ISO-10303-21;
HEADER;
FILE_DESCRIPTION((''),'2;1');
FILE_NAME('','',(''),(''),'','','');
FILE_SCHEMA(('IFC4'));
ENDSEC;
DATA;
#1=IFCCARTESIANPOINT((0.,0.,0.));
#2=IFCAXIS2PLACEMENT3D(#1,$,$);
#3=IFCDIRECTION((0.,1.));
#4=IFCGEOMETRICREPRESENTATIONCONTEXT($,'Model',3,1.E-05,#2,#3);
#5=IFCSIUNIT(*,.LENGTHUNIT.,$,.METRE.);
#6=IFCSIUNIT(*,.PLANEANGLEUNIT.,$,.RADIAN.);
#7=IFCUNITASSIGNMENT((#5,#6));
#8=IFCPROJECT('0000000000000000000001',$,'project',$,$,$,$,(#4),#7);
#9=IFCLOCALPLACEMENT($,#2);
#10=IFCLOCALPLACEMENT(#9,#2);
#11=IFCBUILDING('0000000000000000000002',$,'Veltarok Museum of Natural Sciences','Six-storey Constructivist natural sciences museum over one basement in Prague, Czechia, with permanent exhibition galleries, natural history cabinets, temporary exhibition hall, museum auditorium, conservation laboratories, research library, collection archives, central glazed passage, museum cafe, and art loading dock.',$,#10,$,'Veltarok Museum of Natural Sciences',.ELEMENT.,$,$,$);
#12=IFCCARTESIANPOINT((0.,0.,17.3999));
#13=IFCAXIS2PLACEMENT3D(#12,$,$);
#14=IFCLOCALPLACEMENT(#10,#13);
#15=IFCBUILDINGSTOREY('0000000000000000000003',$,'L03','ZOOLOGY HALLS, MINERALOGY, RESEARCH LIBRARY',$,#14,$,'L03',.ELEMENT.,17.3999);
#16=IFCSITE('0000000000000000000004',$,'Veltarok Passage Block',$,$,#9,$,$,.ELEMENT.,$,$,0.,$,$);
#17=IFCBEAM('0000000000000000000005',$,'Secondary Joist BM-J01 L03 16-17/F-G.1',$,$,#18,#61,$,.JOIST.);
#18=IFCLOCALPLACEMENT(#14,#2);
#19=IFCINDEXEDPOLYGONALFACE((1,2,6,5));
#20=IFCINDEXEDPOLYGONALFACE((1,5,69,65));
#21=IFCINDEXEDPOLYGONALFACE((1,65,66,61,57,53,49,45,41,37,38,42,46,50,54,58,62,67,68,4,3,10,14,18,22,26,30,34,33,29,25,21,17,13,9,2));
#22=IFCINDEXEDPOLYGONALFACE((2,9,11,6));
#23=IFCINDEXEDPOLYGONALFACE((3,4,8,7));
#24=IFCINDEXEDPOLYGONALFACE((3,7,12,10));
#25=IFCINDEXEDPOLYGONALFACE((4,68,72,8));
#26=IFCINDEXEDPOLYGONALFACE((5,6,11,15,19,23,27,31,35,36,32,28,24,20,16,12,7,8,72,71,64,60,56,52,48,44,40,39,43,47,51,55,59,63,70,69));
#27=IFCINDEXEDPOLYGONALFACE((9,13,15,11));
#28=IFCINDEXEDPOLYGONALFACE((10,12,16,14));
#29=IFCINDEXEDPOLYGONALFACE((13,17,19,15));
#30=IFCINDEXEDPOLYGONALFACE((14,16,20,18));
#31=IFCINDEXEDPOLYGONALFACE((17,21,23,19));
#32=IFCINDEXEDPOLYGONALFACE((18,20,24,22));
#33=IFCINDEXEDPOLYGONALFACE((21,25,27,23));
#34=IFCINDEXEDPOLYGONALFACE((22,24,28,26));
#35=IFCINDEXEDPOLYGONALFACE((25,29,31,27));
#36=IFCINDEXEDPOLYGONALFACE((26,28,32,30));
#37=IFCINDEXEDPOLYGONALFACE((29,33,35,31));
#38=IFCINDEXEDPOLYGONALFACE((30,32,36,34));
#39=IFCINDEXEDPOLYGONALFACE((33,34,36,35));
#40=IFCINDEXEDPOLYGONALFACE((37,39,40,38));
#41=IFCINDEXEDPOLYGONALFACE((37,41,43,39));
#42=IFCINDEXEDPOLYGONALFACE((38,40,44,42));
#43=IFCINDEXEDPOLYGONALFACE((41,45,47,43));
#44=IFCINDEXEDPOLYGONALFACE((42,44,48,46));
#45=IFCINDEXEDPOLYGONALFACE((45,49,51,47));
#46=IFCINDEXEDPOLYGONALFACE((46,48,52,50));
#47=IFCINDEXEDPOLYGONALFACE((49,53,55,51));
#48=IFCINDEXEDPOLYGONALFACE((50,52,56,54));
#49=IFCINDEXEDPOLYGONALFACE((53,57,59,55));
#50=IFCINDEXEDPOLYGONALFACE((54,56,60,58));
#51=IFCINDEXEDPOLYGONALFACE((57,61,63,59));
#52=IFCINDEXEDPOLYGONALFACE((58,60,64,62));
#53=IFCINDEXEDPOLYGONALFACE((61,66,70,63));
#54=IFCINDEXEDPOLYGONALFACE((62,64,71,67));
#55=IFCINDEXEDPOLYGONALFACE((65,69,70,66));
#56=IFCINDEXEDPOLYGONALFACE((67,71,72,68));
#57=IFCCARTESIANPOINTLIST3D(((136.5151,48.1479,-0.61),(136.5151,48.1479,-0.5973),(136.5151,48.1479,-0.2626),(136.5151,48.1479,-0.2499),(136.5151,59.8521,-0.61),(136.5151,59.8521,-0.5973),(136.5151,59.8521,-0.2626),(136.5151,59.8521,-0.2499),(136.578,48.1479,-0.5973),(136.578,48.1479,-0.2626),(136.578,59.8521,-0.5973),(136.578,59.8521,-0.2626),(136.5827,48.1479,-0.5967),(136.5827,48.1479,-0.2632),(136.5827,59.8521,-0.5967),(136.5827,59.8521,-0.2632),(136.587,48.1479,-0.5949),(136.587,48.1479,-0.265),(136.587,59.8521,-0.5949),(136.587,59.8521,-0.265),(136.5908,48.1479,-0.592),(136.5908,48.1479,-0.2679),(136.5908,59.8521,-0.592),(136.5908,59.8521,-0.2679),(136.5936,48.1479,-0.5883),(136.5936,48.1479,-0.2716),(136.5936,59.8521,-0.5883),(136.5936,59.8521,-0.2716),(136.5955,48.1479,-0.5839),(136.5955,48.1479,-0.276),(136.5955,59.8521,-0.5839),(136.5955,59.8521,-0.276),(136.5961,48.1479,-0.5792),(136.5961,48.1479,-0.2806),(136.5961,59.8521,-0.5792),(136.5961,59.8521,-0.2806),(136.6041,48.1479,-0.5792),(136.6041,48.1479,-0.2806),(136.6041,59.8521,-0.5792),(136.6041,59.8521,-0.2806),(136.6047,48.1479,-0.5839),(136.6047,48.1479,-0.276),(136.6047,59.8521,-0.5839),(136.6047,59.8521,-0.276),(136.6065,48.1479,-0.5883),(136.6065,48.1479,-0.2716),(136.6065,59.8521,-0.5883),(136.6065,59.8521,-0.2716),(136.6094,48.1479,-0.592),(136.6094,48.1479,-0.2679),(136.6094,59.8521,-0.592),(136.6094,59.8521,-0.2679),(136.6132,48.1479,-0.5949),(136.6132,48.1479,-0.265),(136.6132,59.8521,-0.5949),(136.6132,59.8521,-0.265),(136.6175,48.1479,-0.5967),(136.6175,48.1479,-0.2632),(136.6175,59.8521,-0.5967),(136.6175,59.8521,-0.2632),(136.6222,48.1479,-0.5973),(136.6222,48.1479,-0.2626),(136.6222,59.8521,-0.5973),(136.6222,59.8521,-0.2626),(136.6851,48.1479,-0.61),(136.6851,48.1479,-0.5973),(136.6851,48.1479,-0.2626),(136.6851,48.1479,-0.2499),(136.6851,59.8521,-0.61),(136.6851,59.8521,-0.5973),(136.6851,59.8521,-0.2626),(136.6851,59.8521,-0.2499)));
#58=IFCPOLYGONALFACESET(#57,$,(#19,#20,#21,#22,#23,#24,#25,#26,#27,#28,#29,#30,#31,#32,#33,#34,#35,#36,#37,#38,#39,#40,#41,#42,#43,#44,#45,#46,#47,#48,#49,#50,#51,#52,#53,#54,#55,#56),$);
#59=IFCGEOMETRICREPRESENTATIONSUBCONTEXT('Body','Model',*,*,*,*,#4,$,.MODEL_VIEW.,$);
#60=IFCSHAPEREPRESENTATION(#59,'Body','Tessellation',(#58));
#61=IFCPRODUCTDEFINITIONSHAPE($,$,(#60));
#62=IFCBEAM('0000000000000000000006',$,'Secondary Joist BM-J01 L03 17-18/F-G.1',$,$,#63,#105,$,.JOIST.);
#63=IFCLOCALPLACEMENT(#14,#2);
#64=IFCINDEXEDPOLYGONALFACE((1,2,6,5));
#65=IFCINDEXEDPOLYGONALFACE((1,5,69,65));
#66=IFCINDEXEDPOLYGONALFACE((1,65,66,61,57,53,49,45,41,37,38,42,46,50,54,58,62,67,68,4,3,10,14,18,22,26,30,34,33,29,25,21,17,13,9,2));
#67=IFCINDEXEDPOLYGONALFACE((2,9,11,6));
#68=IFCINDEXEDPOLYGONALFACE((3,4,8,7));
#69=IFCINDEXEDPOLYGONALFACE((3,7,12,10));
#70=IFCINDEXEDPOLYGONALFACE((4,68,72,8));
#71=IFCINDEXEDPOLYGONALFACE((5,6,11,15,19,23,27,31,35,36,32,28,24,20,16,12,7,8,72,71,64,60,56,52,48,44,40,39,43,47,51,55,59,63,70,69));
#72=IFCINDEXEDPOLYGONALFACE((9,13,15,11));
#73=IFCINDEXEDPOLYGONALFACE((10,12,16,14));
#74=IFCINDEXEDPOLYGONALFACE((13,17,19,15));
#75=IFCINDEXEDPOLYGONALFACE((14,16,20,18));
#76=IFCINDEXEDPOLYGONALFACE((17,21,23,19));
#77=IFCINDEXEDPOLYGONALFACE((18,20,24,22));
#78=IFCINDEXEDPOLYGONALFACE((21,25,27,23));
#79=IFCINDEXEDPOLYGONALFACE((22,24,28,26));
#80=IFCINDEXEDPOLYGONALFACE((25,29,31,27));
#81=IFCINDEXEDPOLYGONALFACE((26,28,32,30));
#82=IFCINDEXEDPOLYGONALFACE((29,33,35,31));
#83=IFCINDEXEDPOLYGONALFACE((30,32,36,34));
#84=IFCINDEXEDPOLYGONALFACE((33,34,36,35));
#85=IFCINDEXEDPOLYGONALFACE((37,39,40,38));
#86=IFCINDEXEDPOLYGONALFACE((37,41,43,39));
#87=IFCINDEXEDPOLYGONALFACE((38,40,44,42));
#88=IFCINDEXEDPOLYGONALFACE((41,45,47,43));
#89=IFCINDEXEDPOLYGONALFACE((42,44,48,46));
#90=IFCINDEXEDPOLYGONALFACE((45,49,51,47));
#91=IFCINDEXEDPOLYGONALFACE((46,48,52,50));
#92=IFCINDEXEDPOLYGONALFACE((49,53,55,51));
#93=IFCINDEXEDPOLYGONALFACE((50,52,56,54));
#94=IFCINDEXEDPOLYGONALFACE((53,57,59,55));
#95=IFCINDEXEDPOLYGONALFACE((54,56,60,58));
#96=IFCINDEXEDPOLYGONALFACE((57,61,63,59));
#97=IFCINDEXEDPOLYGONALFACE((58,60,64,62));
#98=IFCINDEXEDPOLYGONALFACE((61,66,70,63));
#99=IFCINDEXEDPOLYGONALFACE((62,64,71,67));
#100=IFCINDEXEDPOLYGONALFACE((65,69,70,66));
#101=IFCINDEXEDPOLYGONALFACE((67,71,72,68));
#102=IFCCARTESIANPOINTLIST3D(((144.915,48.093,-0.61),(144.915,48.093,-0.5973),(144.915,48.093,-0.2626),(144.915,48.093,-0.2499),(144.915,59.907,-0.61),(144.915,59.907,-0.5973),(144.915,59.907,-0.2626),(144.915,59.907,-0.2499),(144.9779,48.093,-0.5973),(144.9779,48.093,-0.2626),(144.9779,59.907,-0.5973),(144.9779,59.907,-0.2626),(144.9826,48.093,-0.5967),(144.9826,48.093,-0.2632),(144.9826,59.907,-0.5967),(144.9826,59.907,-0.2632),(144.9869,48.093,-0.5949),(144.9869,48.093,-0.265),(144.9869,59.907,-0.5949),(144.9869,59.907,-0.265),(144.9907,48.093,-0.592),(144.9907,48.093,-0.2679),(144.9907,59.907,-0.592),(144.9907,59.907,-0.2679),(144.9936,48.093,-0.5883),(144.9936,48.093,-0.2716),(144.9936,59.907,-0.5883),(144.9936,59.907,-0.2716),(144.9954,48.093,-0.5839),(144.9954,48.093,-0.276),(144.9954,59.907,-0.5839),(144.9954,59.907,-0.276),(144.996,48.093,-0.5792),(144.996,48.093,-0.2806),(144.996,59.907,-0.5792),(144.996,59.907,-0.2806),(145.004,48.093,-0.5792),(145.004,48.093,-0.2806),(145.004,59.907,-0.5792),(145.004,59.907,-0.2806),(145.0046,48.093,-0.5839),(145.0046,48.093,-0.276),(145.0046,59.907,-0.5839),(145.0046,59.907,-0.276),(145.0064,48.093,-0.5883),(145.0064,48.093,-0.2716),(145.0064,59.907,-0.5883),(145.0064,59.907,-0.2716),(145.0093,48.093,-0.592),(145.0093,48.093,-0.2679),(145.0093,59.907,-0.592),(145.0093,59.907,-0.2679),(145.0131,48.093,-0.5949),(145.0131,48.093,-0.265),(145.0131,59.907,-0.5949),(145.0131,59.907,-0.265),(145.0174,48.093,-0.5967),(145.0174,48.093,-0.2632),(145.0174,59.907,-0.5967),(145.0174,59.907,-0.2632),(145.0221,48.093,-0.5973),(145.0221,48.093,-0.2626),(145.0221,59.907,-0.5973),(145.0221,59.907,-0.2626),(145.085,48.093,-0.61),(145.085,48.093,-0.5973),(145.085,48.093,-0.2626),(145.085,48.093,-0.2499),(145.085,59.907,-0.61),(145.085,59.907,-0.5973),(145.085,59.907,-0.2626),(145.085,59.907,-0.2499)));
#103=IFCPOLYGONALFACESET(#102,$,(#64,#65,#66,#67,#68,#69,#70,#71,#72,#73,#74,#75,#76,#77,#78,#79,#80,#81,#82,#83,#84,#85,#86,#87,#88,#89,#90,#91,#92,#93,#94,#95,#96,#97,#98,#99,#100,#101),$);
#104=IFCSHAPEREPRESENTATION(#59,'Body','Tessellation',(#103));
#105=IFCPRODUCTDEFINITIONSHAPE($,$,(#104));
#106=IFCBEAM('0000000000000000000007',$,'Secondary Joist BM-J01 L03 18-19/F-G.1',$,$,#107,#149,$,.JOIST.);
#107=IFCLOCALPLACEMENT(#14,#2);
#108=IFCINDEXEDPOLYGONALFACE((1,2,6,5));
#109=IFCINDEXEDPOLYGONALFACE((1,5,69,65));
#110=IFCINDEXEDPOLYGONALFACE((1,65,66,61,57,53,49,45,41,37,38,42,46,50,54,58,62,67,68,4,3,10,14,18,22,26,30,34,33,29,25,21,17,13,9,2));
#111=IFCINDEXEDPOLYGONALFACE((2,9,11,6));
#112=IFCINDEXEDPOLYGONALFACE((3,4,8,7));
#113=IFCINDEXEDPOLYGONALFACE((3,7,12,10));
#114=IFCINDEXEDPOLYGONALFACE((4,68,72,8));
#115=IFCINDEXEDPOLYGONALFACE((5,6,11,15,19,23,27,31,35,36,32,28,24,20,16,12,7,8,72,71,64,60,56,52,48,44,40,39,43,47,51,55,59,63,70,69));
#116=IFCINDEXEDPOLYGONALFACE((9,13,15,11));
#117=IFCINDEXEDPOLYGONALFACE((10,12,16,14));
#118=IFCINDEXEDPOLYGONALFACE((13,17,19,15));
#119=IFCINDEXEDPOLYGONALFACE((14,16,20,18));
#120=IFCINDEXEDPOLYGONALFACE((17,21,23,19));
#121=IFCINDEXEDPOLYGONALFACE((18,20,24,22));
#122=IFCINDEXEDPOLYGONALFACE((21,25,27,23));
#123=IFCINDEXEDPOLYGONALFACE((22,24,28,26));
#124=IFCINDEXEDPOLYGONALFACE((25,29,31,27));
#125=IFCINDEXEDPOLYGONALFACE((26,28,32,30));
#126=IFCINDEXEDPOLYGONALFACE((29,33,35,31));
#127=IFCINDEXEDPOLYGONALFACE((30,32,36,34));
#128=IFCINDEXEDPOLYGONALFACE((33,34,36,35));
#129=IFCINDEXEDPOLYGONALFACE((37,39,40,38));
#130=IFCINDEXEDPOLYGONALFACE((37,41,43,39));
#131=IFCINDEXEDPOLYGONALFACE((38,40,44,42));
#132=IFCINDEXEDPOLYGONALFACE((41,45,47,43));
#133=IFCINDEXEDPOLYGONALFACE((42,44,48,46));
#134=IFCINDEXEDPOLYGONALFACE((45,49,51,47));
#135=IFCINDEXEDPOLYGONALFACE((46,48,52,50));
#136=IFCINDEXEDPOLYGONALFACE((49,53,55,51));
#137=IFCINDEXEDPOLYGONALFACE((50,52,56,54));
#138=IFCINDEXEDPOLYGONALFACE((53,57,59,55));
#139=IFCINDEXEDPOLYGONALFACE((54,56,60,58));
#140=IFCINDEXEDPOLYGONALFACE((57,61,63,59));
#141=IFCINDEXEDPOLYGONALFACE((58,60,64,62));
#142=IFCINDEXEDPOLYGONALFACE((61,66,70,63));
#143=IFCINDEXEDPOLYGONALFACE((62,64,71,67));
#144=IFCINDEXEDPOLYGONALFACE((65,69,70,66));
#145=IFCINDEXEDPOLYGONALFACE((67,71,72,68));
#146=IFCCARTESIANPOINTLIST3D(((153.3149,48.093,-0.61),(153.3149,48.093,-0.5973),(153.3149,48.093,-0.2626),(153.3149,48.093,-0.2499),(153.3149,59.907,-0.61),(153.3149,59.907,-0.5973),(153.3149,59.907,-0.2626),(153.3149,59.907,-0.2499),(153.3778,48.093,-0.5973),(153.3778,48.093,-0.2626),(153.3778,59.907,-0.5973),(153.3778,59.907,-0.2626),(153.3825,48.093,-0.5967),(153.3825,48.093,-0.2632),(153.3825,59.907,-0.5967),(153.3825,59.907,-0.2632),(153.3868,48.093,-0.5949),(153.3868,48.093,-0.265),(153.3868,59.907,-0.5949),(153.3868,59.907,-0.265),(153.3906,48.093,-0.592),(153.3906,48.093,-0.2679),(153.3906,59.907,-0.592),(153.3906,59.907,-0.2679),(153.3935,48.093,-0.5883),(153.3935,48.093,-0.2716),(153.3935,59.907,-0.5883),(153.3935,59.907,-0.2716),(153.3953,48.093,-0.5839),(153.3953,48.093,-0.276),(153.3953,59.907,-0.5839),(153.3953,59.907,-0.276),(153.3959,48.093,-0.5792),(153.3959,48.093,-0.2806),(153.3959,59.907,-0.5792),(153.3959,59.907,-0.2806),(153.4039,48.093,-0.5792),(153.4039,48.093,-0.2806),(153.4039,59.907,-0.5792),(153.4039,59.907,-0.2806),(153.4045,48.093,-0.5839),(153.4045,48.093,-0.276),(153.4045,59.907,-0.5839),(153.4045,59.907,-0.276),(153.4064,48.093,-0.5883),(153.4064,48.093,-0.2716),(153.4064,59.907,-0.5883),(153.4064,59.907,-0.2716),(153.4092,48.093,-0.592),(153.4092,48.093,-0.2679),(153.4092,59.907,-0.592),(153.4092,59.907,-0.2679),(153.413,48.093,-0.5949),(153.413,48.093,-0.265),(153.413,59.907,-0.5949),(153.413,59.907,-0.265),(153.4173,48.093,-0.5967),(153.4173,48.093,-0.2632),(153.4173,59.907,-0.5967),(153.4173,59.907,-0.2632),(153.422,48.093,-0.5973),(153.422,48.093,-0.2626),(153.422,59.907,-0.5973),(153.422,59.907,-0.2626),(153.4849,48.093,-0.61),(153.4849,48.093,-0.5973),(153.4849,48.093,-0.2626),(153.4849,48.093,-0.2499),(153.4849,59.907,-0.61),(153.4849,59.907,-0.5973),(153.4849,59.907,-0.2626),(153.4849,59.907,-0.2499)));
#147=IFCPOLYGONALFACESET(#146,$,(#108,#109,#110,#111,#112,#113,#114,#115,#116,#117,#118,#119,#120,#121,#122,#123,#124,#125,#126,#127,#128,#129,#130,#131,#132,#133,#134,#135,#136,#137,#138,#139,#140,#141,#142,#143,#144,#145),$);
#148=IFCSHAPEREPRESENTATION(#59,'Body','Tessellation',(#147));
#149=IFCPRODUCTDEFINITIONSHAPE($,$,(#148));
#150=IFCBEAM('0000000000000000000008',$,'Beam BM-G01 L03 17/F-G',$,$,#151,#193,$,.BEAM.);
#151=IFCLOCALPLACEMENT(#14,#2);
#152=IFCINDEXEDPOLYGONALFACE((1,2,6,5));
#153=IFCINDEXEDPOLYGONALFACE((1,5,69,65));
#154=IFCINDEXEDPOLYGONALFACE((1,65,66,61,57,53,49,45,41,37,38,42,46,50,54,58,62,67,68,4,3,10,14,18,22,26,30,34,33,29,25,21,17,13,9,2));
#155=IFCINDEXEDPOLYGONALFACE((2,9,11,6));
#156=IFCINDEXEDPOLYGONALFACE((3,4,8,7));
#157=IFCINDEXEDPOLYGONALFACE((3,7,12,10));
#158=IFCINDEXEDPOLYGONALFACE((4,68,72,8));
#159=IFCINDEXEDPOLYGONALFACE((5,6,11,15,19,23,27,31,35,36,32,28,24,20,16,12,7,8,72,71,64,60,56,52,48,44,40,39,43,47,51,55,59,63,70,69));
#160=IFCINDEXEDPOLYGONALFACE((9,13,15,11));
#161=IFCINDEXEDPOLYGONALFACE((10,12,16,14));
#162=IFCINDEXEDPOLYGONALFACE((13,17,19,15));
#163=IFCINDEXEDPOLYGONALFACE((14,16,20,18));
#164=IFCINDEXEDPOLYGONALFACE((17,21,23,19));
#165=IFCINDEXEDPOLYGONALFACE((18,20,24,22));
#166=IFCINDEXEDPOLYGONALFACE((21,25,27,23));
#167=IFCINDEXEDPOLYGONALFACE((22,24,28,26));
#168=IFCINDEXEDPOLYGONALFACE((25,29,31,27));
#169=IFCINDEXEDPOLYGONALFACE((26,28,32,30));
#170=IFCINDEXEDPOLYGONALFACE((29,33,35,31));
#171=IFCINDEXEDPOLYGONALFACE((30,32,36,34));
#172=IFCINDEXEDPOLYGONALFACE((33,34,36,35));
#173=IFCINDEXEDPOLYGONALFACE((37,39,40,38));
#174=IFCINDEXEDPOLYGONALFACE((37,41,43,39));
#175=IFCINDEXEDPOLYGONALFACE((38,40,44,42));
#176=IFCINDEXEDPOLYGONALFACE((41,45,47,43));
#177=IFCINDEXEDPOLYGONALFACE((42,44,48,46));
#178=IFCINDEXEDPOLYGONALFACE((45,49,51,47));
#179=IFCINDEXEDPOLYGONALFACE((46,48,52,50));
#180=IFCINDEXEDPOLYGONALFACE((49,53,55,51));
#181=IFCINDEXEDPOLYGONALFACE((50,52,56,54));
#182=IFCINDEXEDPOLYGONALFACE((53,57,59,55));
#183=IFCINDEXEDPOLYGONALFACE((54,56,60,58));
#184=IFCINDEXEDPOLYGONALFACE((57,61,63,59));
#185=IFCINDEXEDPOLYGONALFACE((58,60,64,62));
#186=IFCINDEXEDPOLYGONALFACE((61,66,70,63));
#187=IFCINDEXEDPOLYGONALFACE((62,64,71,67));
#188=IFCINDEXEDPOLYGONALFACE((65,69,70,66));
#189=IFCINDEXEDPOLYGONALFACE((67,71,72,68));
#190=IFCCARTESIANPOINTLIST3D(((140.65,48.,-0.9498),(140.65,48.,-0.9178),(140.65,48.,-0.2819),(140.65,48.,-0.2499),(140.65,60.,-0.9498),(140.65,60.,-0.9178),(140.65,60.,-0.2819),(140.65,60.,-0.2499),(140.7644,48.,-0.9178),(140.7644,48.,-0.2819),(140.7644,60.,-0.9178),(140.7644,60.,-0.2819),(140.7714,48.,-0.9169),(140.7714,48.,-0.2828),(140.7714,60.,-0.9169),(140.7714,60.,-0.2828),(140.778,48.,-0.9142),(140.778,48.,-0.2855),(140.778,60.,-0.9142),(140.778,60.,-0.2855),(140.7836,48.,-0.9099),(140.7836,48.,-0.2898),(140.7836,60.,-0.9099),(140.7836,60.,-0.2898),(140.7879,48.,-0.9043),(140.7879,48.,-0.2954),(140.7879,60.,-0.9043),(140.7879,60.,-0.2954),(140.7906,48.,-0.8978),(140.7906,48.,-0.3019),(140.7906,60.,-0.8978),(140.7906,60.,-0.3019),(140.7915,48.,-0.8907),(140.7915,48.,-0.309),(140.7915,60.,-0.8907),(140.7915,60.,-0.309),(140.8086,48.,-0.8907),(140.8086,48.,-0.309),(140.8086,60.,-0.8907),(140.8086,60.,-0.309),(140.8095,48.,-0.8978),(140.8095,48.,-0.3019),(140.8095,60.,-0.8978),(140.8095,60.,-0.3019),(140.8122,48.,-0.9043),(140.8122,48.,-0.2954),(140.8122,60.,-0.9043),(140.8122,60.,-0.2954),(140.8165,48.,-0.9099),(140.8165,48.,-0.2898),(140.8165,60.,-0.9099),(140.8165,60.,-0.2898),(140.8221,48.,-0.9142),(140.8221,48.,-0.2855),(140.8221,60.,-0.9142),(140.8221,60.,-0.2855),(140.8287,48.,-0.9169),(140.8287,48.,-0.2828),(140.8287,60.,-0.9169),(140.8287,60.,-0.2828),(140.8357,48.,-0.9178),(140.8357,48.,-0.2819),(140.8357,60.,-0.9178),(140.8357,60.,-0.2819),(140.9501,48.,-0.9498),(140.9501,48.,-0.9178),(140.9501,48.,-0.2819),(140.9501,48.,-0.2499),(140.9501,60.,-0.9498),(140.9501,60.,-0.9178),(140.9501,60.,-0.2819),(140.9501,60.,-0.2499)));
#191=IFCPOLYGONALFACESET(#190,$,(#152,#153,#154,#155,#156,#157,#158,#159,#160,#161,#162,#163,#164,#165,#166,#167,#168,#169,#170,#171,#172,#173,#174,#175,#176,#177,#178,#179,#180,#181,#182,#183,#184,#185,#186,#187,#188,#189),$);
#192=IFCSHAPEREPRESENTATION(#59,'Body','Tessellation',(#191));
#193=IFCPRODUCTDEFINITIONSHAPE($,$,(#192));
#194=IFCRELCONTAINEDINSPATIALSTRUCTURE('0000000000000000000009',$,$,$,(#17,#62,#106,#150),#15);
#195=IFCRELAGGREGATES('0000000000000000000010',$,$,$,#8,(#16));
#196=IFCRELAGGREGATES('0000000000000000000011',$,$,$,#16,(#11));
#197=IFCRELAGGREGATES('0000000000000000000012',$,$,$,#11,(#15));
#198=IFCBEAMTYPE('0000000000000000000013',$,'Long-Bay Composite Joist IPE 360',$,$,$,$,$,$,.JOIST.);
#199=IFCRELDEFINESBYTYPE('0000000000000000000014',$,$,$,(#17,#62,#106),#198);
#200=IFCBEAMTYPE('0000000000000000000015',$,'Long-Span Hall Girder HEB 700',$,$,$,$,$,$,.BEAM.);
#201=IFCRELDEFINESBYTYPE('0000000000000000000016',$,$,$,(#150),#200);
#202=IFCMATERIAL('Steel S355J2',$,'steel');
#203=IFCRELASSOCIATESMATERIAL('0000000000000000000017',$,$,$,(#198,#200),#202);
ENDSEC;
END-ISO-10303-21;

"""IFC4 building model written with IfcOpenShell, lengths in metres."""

from ifc_helpers import new_model, si_unit, direction, frame, origin, origin_2d, place, context, subcontext, project, spatial, i_section, extrude, material, material_profile, profile_set, type_object, element, save


model = new_model("IFC4")

# Units and contexts
model_context = context("Model", 3, precision=1e-05, world=origin(), true_north=direction((0.0, 1.0)))
body_context = subcontext(model_context, "Body", "Model", "MODEL_VIEW")
ifc_project = project(units=[si_unit("LENGTHUNIT", "METRE"), si_unit("PLANEANGLEUNIT", "RADIAN")], contexts=[model_context])

# Site, building, storey
site_placement = place(None, origin())
site = spatial("IfcSite", under=ifc_project, at=site_placement, Name="Veltarok Passage Block", CompositionType="ELEMENT", RefElevation=0.0)
building_placement = place(site_placement, origin())
building = spatial("IfcBuilding", under=site, at=building_placement, Name="Veltarok Museum of Natural Sciences", Description="Six-storey Constructivist natural sciences museum over one basement in Prague, Czechia, with permanent exhibition galleries, natural history cabinets, temporary exhibition hall, museum auditorium, conservation laboratories, research library, collection archives, central glazed passage, museum cafe, and art loading dock.", LongName="Veltarok Museum of Natural Sciences", CompositionType="ELEMENT")
storey_placement = place(building_placement, frame((0.0, 0.0, 17.3999)))
storey = spatial("IfcBuildingStorey", under=building, at=storey_placement, Name="L03", Description="ZOOLOGY HALLS, MINERALOGY, RESEARCH LIBRARY", LongName="L03", CompositionType="ELEMENT", Elevation=17.3999)

# Beams
ifc_material_1 = material(Name="Steel S355J2", Category="steel")
ifc_material_profile_1 = material_profile(ifc_material_1, i_section(OverallWidth=0.1699, OverallDepth=0.3601, WebThickness=0.0081, FlangeThickness=0.0127, FilletRadius=0.0181, at=origin_2d()), Name="IPE 360")
ifc_profile_set_1 = profile_set([ifc_material_profile_1], Name="Steel S355J2")
beam_type_1 = type_object("IfcBeamType", Name="Long-Bay Composite Joist IPE 360", PredefinedType="JOIST", material=ifc_profile_set_1)
beam_1_placement = place(storey_placement, frame((136.6001, 48.1479, -0.4299), z_axis=(0.0, 1.0, 0.0), x_axis=(-1.0, 0.0, 0.0)))
element("IfcBeam", 1, at=beam_1_placement, inside=storey, type_object=beam_type_1, Name="Secondary Joist BM-J01 L03 16-17/F-G.1", PredefinedType="JOIST", context=body_context, shape_type="SweptSolid", body=[
    extrude(i_section(OverallWidth=0.1699, OverallDepth=0.3601, WebThickness=0.0081, FlangeThickness=0.0127, FilletRadius=0.0181, at=origin_2d()), origin(), (0.0, 0.0, 1.0), 11.7041),
])
for number, where, z_axis, x_axis, name in (
    (2, (145.0, 48.093, -0.4299), (0.0, 1.0, 0.0), (-1.0, 0.0, 0.0), "Secondary Joist BM-J01 L03 17-18/F-G.1"),
    (3, (153.3999, 48.093, -0.4299), (0.0, 1.0, 0.0), (-1.0, 0.0, 0.0), "Secondary Joist BM-J01 L03 18-19/F-G.1"),
):
    element("IfcBeam", number, at=place(storey_placement, frame(where, z_axis=z_axis, x_axis=x_axis)), inside=storey, type_object=beam_type_1, Name=name, PredefinedType="JOIST", context=body_context, shape_type="SweptSolid", body=[
        extrude(i_section(OverallWidth=0.1699, OverallDepth=0.3601, WebThickness=0.0081, FlangeThickness=0.0127, FilletRadius=0.0181, at=origin_2d()), origin(), (0.0, 0.0, 1.0), 11.814),
    ])
ifc_material_profile_2 = material_profile(ifc_material_1, i_section(OverallWidth=0.3, OverallDepth=0.7, WebThickness=0.0171, FlangeThickness=0.032, FilletRadius=0.0271, at=origin_2d()), Name="HEB 700")
ifc_profile_set_2 = profile_set([ifc_material_profile_2], Name="Steel S355J2")
beam_type_2 = type_object("IfcBeamType", Name="Long-Span Hall Girder HEB 700", PredefinedType="BEAM", material=ifc_profile_set_2)
for number, where, z_axis, x_axis, name in (
    (4, (140.8, 48.0, -0.5999), (0.0, 1.0, 0.0), (-1.0, 0.0, 0.0), "Beam BM-G01 L03 17/F-G"),
):
    element("IfcBeam", number, at=place(storey_placement, frame(where, z_axis=z_axis, x_axis=x_axis)), inside=storey, type_object=beam_type_2, Name=name, PredefinedType="BEAM", context=body_context, shape_type="SweptSolid", body=[
        extrude(i_section(OverallWidth=0.3, OverallDepth=0.7, WebThickness=0.0171, FlangeThickness=0.032, FilletRadius=0.0271, at=origin_2d()), origin(), (0.0, 0.0, 1.0), 12.0),
    ])

save(model, "model.ifc")
